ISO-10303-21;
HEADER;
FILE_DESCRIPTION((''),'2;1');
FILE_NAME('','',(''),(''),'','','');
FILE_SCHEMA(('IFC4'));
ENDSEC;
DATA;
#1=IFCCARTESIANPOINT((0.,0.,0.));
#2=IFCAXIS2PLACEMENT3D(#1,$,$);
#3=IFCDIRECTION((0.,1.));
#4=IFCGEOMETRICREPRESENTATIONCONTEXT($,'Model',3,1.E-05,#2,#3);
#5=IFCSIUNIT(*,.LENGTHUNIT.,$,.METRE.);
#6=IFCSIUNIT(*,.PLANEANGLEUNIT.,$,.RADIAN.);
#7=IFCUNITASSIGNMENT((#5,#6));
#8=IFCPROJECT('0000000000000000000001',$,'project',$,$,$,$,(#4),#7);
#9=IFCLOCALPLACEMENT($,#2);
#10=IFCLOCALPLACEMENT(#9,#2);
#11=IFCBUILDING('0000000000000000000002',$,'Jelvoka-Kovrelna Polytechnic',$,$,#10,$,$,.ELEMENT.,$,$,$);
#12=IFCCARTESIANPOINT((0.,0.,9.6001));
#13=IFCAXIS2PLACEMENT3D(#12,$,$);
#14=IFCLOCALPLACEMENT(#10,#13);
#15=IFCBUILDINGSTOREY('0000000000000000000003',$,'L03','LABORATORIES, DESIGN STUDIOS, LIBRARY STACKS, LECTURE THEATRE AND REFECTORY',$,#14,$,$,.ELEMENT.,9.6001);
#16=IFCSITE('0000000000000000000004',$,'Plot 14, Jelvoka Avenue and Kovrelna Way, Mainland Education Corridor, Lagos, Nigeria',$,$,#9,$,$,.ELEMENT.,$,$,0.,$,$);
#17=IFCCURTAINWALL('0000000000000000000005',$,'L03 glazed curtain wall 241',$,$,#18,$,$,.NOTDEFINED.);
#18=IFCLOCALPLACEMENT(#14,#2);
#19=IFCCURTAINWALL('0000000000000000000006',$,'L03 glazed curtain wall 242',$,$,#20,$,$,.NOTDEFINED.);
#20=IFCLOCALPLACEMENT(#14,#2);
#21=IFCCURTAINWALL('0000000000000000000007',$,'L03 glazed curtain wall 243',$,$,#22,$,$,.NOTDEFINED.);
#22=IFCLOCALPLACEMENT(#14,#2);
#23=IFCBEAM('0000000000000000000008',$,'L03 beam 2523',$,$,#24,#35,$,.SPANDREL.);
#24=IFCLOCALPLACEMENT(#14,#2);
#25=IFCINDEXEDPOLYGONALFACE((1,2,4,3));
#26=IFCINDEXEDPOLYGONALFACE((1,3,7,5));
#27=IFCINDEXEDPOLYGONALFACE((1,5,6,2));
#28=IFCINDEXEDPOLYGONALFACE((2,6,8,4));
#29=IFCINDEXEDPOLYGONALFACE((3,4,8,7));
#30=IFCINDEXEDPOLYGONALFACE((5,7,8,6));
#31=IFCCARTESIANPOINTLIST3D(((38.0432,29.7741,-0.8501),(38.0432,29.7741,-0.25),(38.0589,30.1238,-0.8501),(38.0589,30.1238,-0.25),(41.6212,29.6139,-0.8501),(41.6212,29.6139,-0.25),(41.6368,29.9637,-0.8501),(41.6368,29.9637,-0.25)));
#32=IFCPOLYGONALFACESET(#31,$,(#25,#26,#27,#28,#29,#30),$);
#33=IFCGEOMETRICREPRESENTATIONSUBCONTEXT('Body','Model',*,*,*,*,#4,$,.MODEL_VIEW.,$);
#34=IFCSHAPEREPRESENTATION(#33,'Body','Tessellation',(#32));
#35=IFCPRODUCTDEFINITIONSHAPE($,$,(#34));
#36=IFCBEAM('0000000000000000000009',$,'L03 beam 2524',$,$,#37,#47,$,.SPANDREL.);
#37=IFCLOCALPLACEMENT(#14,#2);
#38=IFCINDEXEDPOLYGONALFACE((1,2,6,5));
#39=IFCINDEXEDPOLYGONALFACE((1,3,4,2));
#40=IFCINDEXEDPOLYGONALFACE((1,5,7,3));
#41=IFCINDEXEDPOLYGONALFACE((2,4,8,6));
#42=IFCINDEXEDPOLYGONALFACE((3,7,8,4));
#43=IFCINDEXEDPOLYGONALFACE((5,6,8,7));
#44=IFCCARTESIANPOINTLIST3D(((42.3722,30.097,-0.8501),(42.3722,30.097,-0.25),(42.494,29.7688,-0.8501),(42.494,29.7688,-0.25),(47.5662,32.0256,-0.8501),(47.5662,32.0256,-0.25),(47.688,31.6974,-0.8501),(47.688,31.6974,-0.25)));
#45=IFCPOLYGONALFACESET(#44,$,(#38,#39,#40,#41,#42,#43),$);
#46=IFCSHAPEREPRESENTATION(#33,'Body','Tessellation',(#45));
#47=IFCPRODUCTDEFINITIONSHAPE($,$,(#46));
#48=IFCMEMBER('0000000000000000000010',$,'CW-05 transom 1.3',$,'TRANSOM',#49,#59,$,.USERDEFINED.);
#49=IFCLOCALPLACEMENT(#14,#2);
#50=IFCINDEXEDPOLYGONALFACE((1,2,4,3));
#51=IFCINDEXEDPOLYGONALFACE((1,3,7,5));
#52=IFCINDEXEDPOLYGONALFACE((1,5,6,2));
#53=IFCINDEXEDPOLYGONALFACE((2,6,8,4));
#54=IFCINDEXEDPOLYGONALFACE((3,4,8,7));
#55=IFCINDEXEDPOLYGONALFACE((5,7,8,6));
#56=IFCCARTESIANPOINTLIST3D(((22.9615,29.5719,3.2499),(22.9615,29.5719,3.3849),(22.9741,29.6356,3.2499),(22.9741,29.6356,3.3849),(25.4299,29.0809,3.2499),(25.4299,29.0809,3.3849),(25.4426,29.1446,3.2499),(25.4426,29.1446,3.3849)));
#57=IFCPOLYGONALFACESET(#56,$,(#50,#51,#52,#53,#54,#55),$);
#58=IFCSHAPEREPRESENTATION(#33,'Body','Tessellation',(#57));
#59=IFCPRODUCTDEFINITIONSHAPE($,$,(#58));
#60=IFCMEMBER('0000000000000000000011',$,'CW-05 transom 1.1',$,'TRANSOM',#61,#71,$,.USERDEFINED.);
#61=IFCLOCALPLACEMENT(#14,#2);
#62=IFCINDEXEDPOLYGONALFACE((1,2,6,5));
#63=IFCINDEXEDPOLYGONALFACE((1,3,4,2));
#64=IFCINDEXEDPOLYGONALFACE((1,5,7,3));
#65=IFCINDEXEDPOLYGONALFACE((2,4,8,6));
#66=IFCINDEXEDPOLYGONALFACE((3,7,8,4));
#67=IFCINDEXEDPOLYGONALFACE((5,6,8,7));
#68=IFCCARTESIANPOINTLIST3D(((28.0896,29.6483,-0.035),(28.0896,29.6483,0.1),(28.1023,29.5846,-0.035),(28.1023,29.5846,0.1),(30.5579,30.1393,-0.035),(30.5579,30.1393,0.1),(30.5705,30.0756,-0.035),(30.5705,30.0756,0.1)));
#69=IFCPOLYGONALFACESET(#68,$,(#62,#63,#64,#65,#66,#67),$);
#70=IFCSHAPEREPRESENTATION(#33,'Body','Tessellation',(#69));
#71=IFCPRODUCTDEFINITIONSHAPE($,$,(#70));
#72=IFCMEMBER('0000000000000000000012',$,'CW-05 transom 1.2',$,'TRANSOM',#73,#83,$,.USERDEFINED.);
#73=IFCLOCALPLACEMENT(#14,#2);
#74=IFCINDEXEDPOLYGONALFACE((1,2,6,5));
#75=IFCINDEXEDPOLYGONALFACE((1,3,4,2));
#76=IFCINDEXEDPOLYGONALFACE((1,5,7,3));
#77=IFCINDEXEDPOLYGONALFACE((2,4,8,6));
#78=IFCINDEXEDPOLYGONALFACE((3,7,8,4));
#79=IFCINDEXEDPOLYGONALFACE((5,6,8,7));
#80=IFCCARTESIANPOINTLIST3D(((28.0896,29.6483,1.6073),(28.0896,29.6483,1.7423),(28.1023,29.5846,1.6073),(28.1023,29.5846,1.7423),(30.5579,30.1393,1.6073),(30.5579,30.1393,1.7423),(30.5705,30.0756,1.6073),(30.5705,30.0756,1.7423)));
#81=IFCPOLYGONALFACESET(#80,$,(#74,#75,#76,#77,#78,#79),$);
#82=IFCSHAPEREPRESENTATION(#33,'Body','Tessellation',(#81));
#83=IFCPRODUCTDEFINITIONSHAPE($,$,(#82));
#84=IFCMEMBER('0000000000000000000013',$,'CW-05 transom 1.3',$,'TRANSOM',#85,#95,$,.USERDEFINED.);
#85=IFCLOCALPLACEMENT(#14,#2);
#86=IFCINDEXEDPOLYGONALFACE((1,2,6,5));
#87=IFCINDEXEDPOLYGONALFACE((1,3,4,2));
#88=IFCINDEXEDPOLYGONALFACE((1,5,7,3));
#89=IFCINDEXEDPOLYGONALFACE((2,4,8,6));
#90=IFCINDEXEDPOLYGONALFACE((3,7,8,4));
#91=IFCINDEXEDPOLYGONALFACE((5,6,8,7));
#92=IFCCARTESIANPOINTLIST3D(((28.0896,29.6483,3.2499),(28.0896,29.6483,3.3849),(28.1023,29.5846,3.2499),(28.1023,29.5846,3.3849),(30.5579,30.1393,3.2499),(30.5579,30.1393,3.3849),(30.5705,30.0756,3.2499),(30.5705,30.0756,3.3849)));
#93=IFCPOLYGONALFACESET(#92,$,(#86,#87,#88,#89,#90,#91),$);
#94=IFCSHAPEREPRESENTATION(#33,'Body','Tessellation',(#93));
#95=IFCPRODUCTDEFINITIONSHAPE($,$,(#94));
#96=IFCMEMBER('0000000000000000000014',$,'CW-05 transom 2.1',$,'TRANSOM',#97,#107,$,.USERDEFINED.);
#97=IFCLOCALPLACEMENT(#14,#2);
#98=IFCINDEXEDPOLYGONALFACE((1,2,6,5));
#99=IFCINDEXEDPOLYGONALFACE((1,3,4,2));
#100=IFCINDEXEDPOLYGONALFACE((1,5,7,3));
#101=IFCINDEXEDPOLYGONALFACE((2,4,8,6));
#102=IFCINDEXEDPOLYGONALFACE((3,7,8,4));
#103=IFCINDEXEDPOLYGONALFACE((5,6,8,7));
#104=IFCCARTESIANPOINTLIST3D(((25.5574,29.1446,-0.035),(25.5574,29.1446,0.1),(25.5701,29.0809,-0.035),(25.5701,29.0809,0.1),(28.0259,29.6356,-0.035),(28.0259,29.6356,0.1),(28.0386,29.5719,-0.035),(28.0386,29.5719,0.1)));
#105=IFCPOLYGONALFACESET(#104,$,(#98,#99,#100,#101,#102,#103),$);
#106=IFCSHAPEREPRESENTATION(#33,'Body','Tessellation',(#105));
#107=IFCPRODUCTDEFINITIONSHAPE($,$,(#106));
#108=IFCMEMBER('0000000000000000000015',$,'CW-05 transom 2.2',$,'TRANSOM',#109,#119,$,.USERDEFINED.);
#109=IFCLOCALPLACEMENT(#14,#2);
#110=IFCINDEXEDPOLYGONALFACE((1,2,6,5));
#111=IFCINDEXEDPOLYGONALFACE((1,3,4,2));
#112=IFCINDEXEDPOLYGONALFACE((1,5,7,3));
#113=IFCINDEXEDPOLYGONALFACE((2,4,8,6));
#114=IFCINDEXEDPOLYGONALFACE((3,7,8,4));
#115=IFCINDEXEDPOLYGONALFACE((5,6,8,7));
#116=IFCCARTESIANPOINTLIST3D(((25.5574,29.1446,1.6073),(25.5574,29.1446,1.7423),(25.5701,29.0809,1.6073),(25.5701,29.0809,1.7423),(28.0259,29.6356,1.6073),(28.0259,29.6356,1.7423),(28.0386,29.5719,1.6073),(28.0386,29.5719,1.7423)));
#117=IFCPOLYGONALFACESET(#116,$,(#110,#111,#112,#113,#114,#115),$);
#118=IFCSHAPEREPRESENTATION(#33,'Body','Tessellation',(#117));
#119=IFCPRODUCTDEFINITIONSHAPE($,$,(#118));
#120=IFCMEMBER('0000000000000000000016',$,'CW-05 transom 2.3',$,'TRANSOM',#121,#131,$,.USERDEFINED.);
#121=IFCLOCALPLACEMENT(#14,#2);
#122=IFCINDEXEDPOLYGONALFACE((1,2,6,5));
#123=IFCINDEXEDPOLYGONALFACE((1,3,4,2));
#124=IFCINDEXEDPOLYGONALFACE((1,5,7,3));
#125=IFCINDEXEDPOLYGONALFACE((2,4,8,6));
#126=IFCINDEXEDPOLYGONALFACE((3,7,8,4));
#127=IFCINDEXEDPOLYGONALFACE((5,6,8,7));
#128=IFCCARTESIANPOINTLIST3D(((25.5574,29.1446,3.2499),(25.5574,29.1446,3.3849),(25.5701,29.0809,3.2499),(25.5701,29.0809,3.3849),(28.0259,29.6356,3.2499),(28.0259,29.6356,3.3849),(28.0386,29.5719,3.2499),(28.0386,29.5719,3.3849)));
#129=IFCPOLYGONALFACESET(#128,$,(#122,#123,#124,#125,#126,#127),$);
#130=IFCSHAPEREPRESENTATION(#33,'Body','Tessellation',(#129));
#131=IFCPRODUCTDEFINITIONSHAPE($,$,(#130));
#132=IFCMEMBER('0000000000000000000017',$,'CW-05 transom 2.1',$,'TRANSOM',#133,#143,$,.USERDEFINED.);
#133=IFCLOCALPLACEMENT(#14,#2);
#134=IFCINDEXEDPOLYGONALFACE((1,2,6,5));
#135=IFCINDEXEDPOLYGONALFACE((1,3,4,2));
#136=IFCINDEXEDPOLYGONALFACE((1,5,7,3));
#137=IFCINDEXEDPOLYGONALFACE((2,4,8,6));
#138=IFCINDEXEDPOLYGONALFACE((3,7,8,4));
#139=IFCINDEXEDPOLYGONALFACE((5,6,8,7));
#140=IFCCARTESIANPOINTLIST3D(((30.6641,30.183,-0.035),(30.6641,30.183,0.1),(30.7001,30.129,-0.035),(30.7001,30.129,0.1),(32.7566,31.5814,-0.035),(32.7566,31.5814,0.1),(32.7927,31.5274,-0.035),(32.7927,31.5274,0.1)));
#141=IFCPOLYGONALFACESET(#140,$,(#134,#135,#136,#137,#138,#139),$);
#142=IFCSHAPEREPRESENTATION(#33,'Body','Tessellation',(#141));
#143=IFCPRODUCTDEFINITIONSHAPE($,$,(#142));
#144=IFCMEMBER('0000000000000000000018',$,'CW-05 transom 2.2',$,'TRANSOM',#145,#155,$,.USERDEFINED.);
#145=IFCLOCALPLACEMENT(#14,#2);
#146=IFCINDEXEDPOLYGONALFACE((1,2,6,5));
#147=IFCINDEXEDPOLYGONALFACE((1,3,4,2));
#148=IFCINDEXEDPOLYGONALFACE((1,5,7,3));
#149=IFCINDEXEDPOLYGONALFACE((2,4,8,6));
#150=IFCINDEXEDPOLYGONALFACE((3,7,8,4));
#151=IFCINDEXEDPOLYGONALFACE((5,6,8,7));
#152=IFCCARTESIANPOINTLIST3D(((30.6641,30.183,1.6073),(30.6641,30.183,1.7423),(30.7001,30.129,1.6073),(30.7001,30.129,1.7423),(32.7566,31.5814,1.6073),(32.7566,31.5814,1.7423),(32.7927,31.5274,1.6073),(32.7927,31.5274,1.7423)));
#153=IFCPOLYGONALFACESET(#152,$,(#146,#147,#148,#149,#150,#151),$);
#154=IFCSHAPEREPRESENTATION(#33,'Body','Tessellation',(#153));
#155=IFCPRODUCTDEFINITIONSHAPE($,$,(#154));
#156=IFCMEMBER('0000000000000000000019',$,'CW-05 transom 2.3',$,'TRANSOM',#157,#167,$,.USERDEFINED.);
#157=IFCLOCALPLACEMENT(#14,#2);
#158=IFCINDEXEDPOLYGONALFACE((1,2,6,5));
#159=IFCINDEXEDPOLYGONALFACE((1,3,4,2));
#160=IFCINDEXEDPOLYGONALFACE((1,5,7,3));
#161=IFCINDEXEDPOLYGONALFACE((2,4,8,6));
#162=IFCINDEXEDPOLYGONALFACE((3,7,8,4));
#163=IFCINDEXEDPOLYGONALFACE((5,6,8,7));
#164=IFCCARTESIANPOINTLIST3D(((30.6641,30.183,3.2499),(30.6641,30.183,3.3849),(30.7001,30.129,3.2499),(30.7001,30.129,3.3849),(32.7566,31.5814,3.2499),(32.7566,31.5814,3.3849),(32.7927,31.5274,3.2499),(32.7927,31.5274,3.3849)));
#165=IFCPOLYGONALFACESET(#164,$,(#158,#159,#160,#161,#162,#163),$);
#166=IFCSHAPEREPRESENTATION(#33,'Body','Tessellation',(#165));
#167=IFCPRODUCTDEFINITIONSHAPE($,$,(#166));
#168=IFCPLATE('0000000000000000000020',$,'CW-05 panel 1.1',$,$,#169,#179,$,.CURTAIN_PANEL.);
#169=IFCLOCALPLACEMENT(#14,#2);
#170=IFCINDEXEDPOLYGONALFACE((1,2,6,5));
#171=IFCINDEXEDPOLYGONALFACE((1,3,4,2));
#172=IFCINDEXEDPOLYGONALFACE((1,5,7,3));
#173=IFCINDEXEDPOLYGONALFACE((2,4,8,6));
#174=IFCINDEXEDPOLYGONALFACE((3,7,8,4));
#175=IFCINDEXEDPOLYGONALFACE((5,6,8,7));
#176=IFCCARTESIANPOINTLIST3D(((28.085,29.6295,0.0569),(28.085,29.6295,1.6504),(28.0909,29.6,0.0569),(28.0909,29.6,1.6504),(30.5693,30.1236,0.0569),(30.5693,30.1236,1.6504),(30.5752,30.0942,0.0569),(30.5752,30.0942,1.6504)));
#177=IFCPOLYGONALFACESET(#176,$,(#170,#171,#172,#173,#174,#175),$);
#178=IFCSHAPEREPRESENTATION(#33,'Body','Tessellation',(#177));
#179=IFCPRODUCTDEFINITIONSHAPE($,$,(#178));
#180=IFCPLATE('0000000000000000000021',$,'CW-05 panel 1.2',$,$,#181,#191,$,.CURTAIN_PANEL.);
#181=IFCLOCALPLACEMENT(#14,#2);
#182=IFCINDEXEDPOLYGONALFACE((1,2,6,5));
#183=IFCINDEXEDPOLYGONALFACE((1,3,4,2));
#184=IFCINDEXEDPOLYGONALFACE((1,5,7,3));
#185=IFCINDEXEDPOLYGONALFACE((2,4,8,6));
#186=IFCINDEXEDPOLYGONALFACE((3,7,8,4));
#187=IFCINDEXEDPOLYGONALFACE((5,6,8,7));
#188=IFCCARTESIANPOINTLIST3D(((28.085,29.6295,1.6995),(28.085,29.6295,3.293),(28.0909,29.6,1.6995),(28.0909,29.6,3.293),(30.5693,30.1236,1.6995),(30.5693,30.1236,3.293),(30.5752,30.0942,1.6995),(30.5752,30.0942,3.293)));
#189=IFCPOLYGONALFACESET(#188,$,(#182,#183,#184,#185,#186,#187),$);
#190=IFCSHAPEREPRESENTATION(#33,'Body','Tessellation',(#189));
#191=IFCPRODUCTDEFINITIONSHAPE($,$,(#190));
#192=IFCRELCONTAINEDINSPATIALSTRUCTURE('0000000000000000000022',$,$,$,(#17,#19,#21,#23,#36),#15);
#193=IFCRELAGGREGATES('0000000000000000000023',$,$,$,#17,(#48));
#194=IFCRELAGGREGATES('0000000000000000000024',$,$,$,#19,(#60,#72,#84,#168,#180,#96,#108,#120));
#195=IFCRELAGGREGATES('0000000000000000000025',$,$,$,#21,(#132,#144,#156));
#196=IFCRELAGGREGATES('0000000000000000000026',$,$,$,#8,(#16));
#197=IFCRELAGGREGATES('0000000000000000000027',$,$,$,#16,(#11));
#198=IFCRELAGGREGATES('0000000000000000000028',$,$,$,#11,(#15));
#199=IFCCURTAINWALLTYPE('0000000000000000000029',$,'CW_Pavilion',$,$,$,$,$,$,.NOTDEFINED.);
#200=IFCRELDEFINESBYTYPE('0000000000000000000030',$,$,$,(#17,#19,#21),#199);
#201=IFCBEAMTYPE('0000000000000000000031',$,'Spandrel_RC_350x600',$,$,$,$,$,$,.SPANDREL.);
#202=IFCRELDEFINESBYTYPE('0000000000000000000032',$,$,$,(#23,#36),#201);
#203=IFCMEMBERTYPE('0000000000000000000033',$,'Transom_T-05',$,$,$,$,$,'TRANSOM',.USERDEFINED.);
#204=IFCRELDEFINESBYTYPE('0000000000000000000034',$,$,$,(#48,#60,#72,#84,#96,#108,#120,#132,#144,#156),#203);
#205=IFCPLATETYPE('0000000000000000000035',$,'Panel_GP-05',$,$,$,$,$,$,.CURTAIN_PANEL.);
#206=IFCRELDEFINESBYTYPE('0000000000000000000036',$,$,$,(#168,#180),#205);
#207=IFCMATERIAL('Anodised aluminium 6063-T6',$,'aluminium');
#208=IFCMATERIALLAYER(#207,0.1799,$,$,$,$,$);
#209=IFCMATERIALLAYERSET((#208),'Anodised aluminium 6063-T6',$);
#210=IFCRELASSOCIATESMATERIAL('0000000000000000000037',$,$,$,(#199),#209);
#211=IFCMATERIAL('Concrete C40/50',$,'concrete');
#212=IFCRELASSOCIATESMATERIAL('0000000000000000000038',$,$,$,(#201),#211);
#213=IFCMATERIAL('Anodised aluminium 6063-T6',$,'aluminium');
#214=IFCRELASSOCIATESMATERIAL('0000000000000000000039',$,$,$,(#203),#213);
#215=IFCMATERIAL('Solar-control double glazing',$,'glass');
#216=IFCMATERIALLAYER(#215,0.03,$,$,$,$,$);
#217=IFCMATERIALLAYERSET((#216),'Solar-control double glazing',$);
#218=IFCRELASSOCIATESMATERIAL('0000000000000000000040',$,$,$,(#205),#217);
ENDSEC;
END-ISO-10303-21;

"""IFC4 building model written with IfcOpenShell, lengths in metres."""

from ifc_helpers import new_model, si_unit, direction, frame, origin, origin_2d, place, context, subcontext, project, spatial, rectangle, extrude, material, layer, layer_set, material_profile, profile_set, type_object, element, aggregate, save


model = new_model("IFC4")

# Units and contexts
model_context = context("Model", 3, precision=1e-05, world=origin(), true_north=direction((0.0, 1.0)))
body_context = subcontext(model_context, "Body", "Model", "MODEL_VIEW")
ifc_project = project(units=[si_unit("LENGTHUNIT", "METRE"), si_unit("PLANEANGLEUNIT", "RADIAN")], contexts=[model_context])

# Site, building, storey
site_placement = place(None, origin())
site = spatial("IfcSite", under=ifc_project, at=site_placement, Name="Plot 14, Jelvoka Avenue and Kovrelna Way, Mainland Education Corridor, Lagos, Nigeria", CompositionType="ELEMENT", RefElevation=0.0)
building_placement = place(site_placement, origin())
building = spatial("IfcBuilding", under=site, at=building_placement, Name="Jelvoka-Kovrelna Polytechnic", CompositionType="ELEMENT")
storey_placement = place(building_placement, frame((0.0, 0.0, 9.6001)))
storey = spatial("IfcBuildingStorey", under=building, at=storey_placement, Name="L03", Description="LABORATORIES, DESIGN STUDIOS, LIBRARY STACKS, LECTURE THEATRE AND REFECTORY", CompositionType="ELEMENT", Elevation=9.6001)

# Curtain wall
ifc_material_1 = material(Name="Anodised aluminium 6063-T6", Category="aluminium")
ifc_layer_1 = layer(ifc_material_1, 0.1799)
ifc_layer_set_1 = layer_set([ifc_layer_1], Name="Anodised aluminium 6063-T6")
curtain_wall_type = type_object("IfcCurtainWallType", Name="CW_Pavilion", PredefinedType="NOTDEFINED", material=ifc_layer_set_1)
curtain_wall_1_placement = place(storey_placement, origin())
curtain_wall_1 = element("IfcCurtainWall", 1, at=curtain_wall_1_placement, inside=storey, type_object=curtain_wall_type, Name="L03 glazed curtain wall 241", PredefinedType="NOTDEFINED")

# Curtain walls
curtain_wall_2_placement = place(storey_placement, origin())
curtain_wall_2 = element("IfcCurtainWall", 2, at=curtain_wall_2_placement, inside=storey, type_object=curtain_wall_type, Name="L03 glazed curtain wall 242", PredefinedType="NOTDEFINED")
curtain_wall_3_placement = place(storey_placement, origin())
curtain_wall_3 = element("IfcCurtainWall", 3, at=curtain_wall_3_placement, inside=storey, type_object=curtain_wall_type, Name="L03 glazed curtain wall 243", PredefinedType="NOTDEFINED")

# Beams
ifc_material_2 = material(Name="Concrete C40/50", Category="concrete")
ifc_material_profile_1 = material_profile(ifc_material_2, rectangle(XDim=0.3501, YDim=0.6001, at=origin_2d()), Name="RC 350x600")
ifc_profile_set_1 = profile_set([ifc_material_profile_1], Name="Concrete C40/50")
beam_type_1 = type_object("IfcBeamType", Name="Spandrel_RC_350x600", PredefinedType="SPANDREL", material=ifc_profile_set_1)
beam_1_placement = place(storey_placement, frame((38.051, 29.949, -0.55), z_axis=(0.999, -0.044718, 0.0), x_axis=(0.044718, 0.999, 0.0)))
element("IfcBeam", 4, at=beam_1_placement, inside=storey, type_object=beam_type_1, Name="L03 beam 2523", PredefinedType="SPANDREL", context=body_context, shape_type="SweptSolid", body=[
    extrude(rectangle(XDim=0.3501, YDim=0.6001, at=origin_2d()), origin(), (0.0, 0.0, 1.0), 3.5815),
])
beam_2_placement = place(storey_placement, frame((42.4331, 29.9329, -0.55), z_axis=(0.937456, 0.348104, 0.0), x_axis=(-0.348104, 0.937456, 0.0)))
element("IfcBeam", 5, at=beam_2_placement, inside=storey, type_object=beam_type_1, Name="L03 beam 2524", PredefinedType="SPANDREL", context=body_context, shape_type="SweptSolid", body=[
    extrude(rectangle(XDim=0.3501, YDim=0.6001, at=origin_2d()), origin(), (0.0, 0.0, 1.0), 5.5405),
])

# Members
ifc_material_3 = material(Name="Anodised aluminium 6063-T6", Category="aluminium")
ifc_material_profile_2 = material_profile(ifc_material_3, rectangle(XDim=0.0649, YDim=0.135, at=origin_2d()), Name="ALU 65x135")
ifc_profile_set_2 = profile_set([ifc_material_profile_2], Name="Anodised aluminium 6063-T6")
member_type_1 = type_object("IfcMemberType", Name="Transom_T-05", ElementType="TRANSOM", PredefinedType="USERDEFINED", material=ifc_profile_set_2)
member_1_placement = place(storey_placement, frame((25.4363, 29.1128, 3.3174), z_axis=(-0.980789, 0.195071, 0.0), x_axis=(-0.195071, -0.980789, 0.0)))
member_1 = element("IfcMember", 6, at=member_1_placement, type_object=member_type_1, Name="CW-05 transom 1.3", ObjectType="TRANSOM", PredefinedType="USERDEFINED", context=body_context, shape_type="SweptSolid", body=[
    extrude(rectangle(XDim=0.0649, YDim=0.135, at=origin_2d()), origin(), (0.0, 0.0, 1.0), 2.5168),
])
aggregate(curtain_wall_1, [member_1])
member_2_placement = place(storey_placement, frame((30.5642, 30.1074, 0.0325), z_axis=(-0.980785, -0.19509, 0.0), x_axis=(0.19509, -0.980785, 0.0)))
member_2 = element("IfcMember", 7, at=member_2_placement, type_object=member_type_1, Name="CW-05 transom 1.1", ObjectType="TRANSOM", PredefinedType="USERDEFINED", context=body_context, shape_type="SweptSolid", body=[
    extrude(rectangle(XDim=0.0649, YDim=0.135, at=origin_2d()), origin(), (0.0, 0.0, 1.0), 2.5166),
])
member_3_placement = place(storey_placement, frame((30.5642, 30.1074, 1.6748), z_axis=(-0.980785, -0.19509, 0.0), x_axis=(0.19509, -0.980785, 0.0)))
member_3 = element("IfcMember", 8, at=member_3_placement, type_object=member_type_1, Name="CW-05 transom 1.2", ObjectType="TRANSOM", PredefinedType="USERDEFINED", context=body_context, shape_type="SweptSolid", body=[
    extrude(rectangle(XDim=0.0649, YDim=0.135, at=origin_2d()), origin(), (0.0, 0.0, 1.0), 2.5166),
])
member_4_placement = place(storey_placement, frame((30.5642, 30.1074, 3.3174), z_axis=(-0.980785, -0.19509, 0.0), x_axis=(0.19509, -0.980785, 0.0)))
member_4 = element("IfcMember", 9, at=member_4_placement, type_object=member_type_1, Name="CW-05 transom 1.3", ObjectType="TRANSOM", PredefinedType="USERDEFINED", context=body_context, shape_type="SweptSolid", body=[
    extrude(rectangle(XDim=0.0649, YDim=0.135, at=origin_2d()), origin(), (0.0, 0.0, 1.0), 2.5166),
])
member_5_placement = place(storey_placement, frame((28.0322, 29.6038, 0.0325), z_axis=(-0.980789, -0.195071, 0.0), x_axis=(0.195071, -0.980789, 0.0)))
member_5 = element("IfcMember", 10, at=member_5_placement, type_object=member_type_1, Name="CW-05 transom 2.1", ObjectType="TRANSOM", PredefinedType="USERDEFINED", context=body_context, shape_type="SweptSolid", body=[
    extrude(rectangle(XDim=0.0649, YDim=0.135, at=origin_2d()), origin(), (0.0, 0.0, 1.0), 2.5168),
])
member_6_placement = place(storey_placement, frame((28.0322, 29.6038, 1.6748), z_axis=(-0.980789, -0.195071, 0.0), x_axis=(0.195071, -0.980789, 0.0)))
member_6 = element("IfcMember", 11, at=member_6_placement, type_object=member_type_1, Name="CW-05 transom 2.2", ObjectType="TRANSOM", PredefinedType="USERDEFINED", context=body_context, shape_type="SweptSolid", body=[
    extrude(rectangle(XDim=0.0649, YDim=0.135, at=origin_2d()), origin(), (0.0, 0.0, 1.0), 2.5168),
])
member_7_placement = place(storey_placement, frame((28.0322, 29.6038, 3.3174), z_axis=(-0.980789, -0.195071, 0.0), x_axis=(0.195071, -0.980789, 0.0)))
member_7 = element("IfcMember", 12, at=member_7_placement, type_object=member_type_1, Name="CW-05 transom 2.3", ObjectType="TRANSOM", PredefinedType="USERDEFINED", context=body_context, shape_type="SweptSolid", body=[
    extrude(rectangle(XDim=0.0649, YDim=0.135, at=origin_2d()), origin(), (0.0, 0.0, 1.0), 2.5168),
])
member_8_placement = place(storey_placement, frame((32.7747, 31.5544, 0.0325), z_axis=(-0.831423, -0.55564, 0.0), x_axis=(0.55564, -0.831423, 0.0)))
member_8 = element("IfcMember", 13, at=member_8_placement, type_object=member_type_1, Name="CW-05 transom 2.1", ObjectType="TRANSOM", PredefinedType="USERDEFINED", context=body_context, shape_type="SweptSolid", body=[
    extrude(rectangle(XDim=0.0649, YDim=0.135, at=origin_2d()), origin(), (0.0, 0.0, 1.0), 2.5168),
])
member_9_placement = place(storey_placement, frame((32.7747, 31.5544, 1.6748), z_axis=(-0.831423, -0.55564, 0.0), x_axis=(0.55564, -0.831423, 0.0)))
member_9 = element("IfcMember", 14, at=member_9_placement, type_object=member_type_1, Name="CW-05 transom 2.2", ObjectType="TRANSOM", PredefinedType="USERDEFINED", context=body_context, shape_type="SweptSolid", body=[
    extrude(rectangle(XDim=0.0649, YDim=0.135, at=origin_2d()), origin(), (0.0, 0.0, 1.0), 2.5168),
])
member_10_placement = place(storey_placement, frame((32.7747, 31.5544, 3.3174), z_axis=(-0.831423, -0.55564, 0.0), x_axis=(0.55564, -0.831423, 0.0)))
member_10 = element("IfcMember", 15, at=member_10_placement, type_object=member_type_1, Name="CW-05 transom 2.3", ObjectType="TRANSOM", PredefinedType="USERDEFINED", context=body_context, shape_type="SweptSolid", body=[
    extrude(rectangle(XDim=0.0649, YDim=0.135, at=origin_2d()), origin(), (0.0, 0.0, 1.0), 2.5168),
])

# Plates
ifc_material_4 = material(Name="Solar-control double glazing", Category="glass")
ifc_layer_2 = layer(ifc_material_4, 0.03)
ifc_layer_set_2 = layer_set([ifc_layer_2], Name="Solar-control double glazing")
plate_type = type_object("IfcPlateType", Name="Panel_GP-05", PredefinedType="CURTAIN_PANEL", material=ifc_layer_set_2)
plate_1_placement = place(storey_placement, frame((29.3301, 29.8618, 0.0569), z_axis=(0.0, 0.0, 1.0), x_axis=(-0.980786, -0.195086, 0.0)))
plate_1 = element("IfcPlate", 16, at=plate_1_placement, type_object=plate_type, Name="CW-05 panel 1.1", PredefinedType="CURTAIN_PANEL", context=body_context, shape_type="SweptSolid", body=[
    extrude(rectangle(XDim=2.533, YDim=0.03, at=origin_2d()), origin(), (0.0, 0.0, 1.0), 1.5935),
])
plate_2_placement = place(storey_placement, frame((29.3301, 29.8618, 1.6995), z_axis=(0.0, 0.0, 1.0), x_axis=(-0.980786, -0.195086, 0.0)))
plate_2 = element("IfcPlate", 17, at=plate_2_placement, type_object=plate_type, Name="CW-05 panel 1.2", PredefinedType="CURTAIN_PANEL", context=body_context, shape_type="SweptSolid", body=[
    extrude(rectangle(XDim=2.533, YDim=0.03, at=origin_2d()), origin(), (0.0, 0.0, 1.0), 1.5935),
])
aggregate(curtain_wall_2, [member_2, member_3, member_4, plate_1, plate_2, member_5, member_6, member_7])
aggregate(curtain_wall_3, [member_8, member_9, member_10])

save(model, "model.ifc")
